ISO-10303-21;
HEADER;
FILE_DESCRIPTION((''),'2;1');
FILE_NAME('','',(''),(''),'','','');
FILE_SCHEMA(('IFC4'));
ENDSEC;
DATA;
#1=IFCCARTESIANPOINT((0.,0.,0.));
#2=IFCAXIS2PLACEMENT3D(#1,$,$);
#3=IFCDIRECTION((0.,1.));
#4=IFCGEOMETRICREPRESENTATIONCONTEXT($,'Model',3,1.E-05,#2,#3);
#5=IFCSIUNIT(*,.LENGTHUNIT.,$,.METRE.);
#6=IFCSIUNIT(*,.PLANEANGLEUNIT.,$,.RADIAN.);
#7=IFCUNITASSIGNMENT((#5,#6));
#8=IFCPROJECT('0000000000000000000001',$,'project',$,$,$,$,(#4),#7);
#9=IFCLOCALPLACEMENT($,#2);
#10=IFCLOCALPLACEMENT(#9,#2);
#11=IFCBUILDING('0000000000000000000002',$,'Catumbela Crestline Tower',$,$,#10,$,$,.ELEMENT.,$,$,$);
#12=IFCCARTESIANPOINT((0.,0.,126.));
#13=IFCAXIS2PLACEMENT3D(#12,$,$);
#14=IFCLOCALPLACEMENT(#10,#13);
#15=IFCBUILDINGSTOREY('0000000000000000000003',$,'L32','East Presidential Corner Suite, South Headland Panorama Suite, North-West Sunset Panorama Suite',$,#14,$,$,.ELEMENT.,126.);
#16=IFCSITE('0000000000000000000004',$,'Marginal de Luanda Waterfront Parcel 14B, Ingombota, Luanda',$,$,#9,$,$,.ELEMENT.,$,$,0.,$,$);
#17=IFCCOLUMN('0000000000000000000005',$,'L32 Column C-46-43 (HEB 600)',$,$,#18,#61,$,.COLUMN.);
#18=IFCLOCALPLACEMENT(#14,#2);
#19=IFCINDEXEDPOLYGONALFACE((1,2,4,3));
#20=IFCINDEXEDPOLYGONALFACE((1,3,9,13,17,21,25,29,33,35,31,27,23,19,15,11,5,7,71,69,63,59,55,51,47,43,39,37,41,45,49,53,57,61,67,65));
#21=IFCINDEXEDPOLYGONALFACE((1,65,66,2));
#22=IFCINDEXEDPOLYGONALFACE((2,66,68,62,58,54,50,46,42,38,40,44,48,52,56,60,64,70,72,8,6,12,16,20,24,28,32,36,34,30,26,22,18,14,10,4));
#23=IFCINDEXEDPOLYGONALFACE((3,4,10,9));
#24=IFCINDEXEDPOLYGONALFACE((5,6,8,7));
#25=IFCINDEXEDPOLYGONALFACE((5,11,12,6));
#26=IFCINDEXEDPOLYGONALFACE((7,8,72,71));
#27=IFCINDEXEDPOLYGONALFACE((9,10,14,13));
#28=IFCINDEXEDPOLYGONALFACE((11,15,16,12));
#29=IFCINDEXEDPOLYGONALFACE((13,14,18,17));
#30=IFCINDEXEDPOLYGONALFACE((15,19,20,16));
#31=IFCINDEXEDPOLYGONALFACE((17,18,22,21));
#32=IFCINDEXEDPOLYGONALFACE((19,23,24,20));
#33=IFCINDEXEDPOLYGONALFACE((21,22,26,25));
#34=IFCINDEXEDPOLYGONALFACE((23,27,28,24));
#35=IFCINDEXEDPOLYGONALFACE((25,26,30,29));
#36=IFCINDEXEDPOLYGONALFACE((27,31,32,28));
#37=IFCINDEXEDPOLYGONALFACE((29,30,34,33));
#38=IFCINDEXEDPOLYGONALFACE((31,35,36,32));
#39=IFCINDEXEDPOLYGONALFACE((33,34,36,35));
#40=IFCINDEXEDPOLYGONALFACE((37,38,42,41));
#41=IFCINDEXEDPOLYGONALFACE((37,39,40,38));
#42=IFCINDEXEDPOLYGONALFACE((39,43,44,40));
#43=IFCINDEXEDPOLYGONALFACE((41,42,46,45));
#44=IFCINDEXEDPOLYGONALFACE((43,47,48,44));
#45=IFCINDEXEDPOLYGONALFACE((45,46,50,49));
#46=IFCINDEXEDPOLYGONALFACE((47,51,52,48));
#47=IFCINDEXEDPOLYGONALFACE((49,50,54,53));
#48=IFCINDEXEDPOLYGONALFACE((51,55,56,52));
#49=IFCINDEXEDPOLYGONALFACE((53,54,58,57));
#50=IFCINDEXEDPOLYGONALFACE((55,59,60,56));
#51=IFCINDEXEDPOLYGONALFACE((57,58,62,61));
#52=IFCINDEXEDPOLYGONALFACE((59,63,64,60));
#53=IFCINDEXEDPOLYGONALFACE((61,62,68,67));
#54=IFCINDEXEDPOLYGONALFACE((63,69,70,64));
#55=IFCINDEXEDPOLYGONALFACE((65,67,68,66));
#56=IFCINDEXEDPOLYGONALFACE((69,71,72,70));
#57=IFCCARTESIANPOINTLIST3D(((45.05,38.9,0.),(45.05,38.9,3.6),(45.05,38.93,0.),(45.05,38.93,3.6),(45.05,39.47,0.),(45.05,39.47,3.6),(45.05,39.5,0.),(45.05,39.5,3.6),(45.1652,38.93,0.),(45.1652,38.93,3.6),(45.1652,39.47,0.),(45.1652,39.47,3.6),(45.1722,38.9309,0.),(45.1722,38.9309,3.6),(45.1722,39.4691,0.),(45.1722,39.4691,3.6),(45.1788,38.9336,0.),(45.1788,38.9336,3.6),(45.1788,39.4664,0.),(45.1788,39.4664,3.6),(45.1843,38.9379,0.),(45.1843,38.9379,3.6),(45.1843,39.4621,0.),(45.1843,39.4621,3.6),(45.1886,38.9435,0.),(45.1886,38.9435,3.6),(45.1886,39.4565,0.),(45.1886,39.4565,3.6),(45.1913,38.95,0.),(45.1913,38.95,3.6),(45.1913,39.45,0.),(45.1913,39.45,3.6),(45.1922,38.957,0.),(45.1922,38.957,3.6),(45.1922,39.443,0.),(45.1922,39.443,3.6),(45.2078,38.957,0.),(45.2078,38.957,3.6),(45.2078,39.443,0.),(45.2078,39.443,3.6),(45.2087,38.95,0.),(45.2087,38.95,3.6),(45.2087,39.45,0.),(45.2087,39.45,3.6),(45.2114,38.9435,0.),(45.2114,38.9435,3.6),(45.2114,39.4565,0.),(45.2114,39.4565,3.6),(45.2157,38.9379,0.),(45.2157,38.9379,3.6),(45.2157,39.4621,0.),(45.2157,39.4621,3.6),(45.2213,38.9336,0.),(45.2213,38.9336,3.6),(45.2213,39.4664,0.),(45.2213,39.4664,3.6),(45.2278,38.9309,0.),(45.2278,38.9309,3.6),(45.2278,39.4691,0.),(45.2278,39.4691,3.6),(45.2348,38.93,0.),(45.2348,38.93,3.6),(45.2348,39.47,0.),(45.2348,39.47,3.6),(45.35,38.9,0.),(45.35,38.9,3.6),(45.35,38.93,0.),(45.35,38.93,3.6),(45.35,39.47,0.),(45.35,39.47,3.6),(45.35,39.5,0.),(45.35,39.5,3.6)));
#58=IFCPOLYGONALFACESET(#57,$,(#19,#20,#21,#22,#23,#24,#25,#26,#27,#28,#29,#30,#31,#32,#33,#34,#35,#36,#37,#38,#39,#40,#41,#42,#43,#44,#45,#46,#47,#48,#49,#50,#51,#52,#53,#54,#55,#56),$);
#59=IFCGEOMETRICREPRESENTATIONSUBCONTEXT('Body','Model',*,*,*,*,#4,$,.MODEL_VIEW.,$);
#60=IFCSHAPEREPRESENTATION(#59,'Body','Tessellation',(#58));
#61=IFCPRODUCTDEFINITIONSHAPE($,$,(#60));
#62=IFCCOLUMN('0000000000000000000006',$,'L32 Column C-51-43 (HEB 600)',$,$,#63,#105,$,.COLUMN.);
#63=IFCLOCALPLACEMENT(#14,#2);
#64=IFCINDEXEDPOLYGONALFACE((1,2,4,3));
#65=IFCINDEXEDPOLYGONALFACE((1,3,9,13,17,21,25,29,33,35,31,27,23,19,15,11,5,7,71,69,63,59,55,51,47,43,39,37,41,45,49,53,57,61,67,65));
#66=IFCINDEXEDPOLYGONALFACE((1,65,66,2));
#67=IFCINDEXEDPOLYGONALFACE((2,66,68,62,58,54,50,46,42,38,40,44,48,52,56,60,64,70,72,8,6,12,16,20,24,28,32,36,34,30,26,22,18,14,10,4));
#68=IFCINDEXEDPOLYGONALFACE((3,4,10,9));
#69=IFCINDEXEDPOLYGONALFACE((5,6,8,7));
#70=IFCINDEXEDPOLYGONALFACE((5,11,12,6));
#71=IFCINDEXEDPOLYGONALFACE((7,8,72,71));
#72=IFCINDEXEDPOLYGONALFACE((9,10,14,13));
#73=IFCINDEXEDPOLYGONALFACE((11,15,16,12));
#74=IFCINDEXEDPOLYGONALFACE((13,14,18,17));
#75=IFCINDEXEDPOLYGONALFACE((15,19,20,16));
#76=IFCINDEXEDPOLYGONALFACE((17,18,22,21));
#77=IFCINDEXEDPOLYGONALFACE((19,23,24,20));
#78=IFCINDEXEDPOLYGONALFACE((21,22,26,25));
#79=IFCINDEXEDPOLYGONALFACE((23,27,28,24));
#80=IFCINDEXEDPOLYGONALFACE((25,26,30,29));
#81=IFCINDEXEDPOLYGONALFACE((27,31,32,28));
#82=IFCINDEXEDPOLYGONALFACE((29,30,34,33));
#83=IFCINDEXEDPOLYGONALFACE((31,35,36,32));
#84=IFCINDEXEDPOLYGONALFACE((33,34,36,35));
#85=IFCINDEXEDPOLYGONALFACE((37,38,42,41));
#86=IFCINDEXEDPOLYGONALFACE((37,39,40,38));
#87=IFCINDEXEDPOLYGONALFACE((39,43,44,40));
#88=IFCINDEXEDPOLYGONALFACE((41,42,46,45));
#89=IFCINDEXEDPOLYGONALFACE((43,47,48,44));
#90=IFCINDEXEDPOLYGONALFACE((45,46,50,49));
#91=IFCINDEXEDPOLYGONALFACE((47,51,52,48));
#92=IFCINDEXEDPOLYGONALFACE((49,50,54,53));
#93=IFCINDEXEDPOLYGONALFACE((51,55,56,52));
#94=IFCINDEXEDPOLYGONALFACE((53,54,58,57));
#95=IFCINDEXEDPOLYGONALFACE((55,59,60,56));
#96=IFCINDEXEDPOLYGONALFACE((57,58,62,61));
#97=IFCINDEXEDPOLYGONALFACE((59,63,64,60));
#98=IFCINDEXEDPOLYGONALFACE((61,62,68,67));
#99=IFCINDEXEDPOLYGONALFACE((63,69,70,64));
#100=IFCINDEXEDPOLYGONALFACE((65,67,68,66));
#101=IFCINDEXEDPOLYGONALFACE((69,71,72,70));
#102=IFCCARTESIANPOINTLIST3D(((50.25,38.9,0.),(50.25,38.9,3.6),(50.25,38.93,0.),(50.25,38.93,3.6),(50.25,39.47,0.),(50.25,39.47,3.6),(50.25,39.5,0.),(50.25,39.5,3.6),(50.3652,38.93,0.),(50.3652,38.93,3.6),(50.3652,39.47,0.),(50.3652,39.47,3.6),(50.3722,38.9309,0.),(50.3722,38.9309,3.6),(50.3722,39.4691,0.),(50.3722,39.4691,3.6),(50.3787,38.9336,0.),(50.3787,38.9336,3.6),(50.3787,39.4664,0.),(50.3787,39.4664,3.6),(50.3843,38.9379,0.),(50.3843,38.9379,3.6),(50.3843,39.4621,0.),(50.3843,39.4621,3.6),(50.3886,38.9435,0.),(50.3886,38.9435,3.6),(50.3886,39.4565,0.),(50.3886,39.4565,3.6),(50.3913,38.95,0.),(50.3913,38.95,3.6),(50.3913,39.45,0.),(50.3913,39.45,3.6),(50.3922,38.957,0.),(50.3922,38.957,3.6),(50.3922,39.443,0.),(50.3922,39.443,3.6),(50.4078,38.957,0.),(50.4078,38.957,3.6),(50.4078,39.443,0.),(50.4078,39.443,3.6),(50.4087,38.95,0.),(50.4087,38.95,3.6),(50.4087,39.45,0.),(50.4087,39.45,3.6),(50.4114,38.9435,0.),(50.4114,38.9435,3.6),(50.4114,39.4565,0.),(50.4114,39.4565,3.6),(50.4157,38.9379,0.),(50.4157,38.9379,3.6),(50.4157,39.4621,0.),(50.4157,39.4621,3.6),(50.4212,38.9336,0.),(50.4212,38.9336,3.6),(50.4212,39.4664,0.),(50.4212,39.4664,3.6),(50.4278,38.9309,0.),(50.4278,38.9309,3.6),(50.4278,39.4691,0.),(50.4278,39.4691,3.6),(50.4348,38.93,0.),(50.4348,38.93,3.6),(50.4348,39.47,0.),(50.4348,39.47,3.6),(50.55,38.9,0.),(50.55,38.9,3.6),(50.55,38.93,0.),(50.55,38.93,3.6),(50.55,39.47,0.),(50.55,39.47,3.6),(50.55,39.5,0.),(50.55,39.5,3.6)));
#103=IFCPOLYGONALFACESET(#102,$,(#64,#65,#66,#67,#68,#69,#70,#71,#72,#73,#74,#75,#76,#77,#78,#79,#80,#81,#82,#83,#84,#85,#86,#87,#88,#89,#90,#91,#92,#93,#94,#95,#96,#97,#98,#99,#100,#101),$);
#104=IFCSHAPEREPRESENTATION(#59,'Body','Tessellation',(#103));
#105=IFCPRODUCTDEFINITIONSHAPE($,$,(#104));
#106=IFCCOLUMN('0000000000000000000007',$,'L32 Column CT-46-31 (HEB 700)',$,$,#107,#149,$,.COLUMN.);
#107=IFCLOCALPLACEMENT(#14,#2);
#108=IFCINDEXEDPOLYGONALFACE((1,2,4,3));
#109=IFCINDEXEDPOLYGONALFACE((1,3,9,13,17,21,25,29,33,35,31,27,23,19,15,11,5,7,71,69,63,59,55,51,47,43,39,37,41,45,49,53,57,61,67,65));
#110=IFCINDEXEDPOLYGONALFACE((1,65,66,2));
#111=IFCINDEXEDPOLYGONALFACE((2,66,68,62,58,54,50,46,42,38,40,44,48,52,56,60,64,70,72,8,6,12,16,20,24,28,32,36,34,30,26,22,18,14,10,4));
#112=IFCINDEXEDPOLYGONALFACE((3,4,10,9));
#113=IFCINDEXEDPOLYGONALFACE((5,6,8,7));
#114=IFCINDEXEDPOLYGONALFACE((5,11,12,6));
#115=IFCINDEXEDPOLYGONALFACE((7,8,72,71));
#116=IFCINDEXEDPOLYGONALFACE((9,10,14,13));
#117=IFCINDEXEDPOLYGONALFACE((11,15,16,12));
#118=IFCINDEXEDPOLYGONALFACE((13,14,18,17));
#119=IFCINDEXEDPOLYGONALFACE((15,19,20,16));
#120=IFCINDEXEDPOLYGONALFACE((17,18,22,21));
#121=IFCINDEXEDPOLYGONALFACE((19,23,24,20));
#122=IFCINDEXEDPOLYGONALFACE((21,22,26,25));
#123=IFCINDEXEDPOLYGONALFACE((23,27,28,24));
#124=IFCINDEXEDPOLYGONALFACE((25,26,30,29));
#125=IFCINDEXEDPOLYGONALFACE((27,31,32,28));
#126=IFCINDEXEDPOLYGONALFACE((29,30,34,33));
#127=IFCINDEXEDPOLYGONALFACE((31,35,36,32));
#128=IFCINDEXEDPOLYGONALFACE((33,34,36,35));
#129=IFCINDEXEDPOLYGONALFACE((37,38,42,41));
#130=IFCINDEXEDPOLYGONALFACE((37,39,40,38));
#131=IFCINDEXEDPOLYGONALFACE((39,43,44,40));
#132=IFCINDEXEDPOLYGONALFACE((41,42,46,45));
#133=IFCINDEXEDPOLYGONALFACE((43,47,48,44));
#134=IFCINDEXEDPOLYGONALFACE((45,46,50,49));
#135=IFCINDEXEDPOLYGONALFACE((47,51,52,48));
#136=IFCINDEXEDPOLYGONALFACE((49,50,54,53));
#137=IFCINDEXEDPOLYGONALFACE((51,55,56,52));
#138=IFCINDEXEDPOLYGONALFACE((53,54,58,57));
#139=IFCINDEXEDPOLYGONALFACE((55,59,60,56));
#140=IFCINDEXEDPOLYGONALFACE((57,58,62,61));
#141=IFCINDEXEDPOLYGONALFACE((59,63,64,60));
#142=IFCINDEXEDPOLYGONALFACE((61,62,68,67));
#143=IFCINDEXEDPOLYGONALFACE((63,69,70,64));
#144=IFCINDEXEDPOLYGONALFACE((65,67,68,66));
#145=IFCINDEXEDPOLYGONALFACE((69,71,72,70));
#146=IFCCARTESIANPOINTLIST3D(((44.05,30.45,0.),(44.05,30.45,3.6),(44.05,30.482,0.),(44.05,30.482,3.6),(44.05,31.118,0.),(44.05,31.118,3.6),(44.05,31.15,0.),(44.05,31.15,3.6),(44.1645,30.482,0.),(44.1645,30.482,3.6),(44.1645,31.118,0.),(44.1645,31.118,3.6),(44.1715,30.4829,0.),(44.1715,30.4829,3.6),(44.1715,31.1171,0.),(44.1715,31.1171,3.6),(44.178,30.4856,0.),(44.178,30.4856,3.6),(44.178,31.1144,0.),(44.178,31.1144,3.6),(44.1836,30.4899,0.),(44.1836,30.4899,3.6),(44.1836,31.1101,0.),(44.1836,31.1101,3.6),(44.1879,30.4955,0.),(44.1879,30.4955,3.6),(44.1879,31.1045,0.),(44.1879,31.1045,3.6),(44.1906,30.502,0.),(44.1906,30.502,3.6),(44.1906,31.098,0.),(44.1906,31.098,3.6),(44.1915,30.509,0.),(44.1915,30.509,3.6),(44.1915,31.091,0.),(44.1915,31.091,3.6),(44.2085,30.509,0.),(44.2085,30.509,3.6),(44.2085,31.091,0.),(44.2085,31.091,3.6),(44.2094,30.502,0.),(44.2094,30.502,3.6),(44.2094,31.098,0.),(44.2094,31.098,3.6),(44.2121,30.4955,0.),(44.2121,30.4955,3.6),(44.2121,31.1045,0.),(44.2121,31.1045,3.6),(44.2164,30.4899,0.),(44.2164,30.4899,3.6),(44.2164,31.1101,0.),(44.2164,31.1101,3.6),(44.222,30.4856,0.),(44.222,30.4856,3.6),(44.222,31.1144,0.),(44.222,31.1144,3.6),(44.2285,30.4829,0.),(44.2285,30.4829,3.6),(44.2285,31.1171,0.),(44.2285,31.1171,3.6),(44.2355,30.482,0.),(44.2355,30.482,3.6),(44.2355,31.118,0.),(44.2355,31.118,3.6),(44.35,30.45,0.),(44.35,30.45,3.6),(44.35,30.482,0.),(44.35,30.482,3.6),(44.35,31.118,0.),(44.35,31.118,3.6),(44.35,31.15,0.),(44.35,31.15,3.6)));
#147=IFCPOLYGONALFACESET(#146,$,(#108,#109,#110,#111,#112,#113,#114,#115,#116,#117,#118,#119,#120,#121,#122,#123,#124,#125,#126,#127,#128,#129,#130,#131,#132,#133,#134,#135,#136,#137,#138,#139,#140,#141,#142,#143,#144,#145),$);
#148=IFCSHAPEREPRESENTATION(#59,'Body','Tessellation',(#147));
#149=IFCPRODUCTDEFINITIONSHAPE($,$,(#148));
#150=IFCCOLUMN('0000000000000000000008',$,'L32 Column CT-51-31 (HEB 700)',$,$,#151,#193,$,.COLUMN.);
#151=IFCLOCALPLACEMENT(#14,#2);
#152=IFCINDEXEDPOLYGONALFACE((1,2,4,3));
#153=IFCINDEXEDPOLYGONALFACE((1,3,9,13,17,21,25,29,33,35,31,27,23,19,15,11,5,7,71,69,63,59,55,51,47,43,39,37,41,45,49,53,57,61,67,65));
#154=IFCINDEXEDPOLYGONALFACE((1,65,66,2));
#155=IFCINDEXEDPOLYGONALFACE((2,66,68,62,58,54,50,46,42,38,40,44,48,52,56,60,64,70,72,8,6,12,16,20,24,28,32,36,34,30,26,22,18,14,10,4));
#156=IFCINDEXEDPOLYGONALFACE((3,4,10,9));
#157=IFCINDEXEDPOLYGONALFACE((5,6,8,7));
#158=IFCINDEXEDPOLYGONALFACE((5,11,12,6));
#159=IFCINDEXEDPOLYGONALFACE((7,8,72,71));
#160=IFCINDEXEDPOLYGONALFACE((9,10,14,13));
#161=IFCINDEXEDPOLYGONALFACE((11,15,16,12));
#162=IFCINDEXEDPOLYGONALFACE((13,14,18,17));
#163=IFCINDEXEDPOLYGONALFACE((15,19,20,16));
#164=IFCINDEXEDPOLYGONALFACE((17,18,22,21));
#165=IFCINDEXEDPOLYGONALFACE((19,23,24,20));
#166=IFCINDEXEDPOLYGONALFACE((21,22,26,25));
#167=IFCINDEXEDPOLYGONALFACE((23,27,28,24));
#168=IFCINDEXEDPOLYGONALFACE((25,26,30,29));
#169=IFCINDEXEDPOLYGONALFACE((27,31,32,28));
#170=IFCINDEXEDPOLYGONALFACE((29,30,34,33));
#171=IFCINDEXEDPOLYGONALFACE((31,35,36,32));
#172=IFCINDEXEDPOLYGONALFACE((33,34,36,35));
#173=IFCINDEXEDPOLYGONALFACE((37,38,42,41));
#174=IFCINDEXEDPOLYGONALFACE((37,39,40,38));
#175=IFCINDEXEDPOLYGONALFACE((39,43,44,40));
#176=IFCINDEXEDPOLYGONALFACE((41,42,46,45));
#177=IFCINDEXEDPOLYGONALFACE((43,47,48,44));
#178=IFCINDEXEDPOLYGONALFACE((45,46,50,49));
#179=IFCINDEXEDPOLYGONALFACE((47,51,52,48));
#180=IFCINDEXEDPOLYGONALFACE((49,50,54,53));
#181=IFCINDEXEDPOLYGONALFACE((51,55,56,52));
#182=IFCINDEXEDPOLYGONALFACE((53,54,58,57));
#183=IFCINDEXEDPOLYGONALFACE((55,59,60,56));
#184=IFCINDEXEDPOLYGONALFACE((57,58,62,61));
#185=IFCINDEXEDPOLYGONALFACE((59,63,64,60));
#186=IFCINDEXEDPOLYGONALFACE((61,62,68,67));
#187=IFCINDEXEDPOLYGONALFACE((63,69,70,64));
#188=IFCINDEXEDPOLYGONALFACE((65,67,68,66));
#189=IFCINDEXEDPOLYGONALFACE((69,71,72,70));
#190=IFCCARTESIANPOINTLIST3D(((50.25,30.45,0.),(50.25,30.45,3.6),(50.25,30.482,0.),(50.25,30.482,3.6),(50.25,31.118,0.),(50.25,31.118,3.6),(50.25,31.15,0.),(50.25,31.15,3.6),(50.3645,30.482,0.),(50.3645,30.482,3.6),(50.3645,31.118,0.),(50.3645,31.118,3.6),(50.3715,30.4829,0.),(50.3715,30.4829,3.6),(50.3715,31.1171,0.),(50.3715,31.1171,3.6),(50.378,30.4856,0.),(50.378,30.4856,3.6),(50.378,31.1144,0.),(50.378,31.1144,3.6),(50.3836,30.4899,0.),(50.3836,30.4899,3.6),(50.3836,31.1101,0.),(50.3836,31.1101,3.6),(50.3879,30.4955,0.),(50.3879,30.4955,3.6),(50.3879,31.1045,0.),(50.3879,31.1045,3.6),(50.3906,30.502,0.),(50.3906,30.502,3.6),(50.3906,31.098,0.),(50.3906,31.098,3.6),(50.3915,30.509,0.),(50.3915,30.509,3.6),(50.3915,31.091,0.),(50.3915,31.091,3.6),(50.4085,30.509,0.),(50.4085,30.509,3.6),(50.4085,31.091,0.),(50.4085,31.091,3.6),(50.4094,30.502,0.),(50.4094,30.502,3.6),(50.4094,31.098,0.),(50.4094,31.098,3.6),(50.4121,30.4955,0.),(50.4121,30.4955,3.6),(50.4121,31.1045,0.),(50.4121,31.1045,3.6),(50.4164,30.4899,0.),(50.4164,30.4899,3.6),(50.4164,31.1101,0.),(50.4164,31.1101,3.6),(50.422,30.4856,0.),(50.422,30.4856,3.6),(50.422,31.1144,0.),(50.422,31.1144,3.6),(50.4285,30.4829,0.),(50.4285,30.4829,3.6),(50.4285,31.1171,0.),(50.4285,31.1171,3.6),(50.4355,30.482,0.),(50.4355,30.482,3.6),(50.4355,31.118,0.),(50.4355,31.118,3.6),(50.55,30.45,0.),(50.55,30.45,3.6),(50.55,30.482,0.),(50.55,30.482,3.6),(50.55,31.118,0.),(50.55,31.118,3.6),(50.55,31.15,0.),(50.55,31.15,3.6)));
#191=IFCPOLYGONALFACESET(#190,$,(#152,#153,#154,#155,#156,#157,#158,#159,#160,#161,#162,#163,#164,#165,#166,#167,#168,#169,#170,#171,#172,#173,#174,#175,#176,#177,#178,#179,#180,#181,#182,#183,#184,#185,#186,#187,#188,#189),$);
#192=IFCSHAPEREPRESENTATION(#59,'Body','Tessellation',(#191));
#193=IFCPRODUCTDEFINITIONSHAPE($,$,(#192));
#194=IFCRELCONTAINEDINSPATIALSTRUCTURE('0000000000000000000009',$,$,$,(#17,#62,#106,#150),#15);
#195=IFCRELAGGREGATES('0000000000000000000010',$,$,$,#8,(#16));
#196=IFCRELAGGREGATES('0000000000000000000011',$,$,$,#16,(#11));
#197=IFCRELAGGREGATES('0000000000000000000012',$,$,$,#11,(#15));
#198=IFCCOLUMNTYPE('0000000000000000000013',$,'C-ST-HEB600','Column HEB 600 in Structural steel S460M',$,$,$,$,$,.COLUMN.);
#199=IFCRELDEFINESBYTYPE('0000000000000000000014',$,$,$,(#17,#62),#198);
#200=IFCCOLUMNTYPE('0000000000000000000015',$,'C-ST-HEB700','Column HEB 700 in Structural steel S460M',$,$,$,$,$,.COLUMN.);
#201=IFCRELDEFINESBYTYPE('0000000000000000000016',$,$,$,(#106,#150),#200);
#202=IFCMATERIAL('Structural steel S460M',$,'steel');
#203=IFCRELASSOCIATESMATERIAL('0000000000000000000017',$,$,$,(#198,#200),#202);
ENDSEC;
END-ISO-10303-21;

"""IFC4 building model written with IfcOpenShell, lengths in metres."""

from ifc_helpers import new_model, si_unit, direction, frame, origin, origin_2d, place, context, subcontext, project, spatial, i_section, extrude, material, material_profile, profile_set, type_object, element, save


model = new_model("IFC4")

# Units and contexts
model_context = context("Model", 3, precision=1e-05, world=origin(), true_north=direction((0.0, 1.0)))
body_context = subcontext(model_context, "Body", "Model", "MODEL_VIEW")
ifc_project = project(units=[si_unit("LENGTHUNIT", "METRE"), si_unit("PLANEANGLEUNIT", "RADIAN")], contexts=[model_context])

# Site, building, storey
site_placement = place(None, origin())
site = spatial("IfcSite", under=ifc_project, at=site_placement, Name="Marginal de Luanda Waterfront Parcel 14B, Ingombota, Luanda", CompositionType="ELEMENT", RefElevation=0.0)
building_placement = place(site_placement, origin())
building = spatial("IfcBuilding", under=site, at=building_placement, Name="Catumbela Crestline Tower", CompositionType="ELEMENT")
storey_placement = place(building_placement, frame((0.0, 0.0, 126.0)))
storey = spatial("IfcBuildingStorey", under=building, at=storey_placement, Name="L32", Description="East Presidential Corner Suite, South Headland Panorama Suite, North-West Sunset Panorama Suite", CompositionType="ELEMENT", Elevation=126.0)

# Columns
ifc_material_1 = material(Name="Structural steel S460M", Category="steel")
ifc_material_profile_1 = material_profile(ifc_material_1, i_section(OverallWidth=0.3, OverallDepth=0.6, WebThickness=0.0155, FlangeThickness=0.03, FilletRadius=0.027, at=origin_2d()), Name="HEB 600")
ifc_profile_set_1 = profile_set([ifc_material_profile_1], Name="Structural steel S460M")
column_type_1 = type_object("IfcColumnType", Name="C-ST-HEB600", Description="Column HEB 600 in Structural steel S460M", PredefinedType="COLUMN", material=ifc_profile_set_1)
for number, where, z_axis, x_axis, name in (
    (1, (45.2, 39.2, 0.0), (0.0, 0.0, 1.0), (1.0, 0.0, 0.0), "L32 Column C-46-43 (HEB 600)"),
    (2, (50.4, 39.2, 0.0), (0.0, 0.0, 1.0), (1.0, 0.0, 0.0), "L32 Column C-51-43 (HEB 600)"),
):
    element("IfcColumn", number, at=place(storey_placement, frame(where, z_axis=z_axis, x_axis=x_axis)), inside=storey, type_object=column_type_1, Name=name, PredefinedType="COLUMN", context=body_context, shape_type="SweptSolid", body=[
        extrude(i_section(OverallWidth=0.3, OverallDepth=0.6, WebThickness=0.0155, FlangeThickness=0.03, FilletRadius=0.027, at=origin_2d()), origin(), (0.0, 0.0, 1.0), 3.6),
    ])
ifc_material_profile_2 = material_profile(ifc_material_1, i_section(OverallWidth=0.3, OverallDepth=0.7, WebThickness=0.017, FlangeThickness=0.032, FilletRadius=0.027, at=origin_2d()), Name="HEB 700")
ifc_profile_set_2 = profile_set([ifc_material_profile_2], Name="Structural steel S460M")
column_type_2 = type_object("IfcColumnType", Name="C-ST-HEB700", Description="Column HEB 700 in Structural steel S460M", PredefinedType="COLUMN", material=ifc_profile_set_2)
for number, where, z_axis, x_axis, name in (
    (3, (44.2, 30.8, 0.0), (0.0, 0.0, 1.0), (1.0, 0.0, 0.0), "L32 Column CT-46-31 (HEB 700)"),
    (4, (50.4, 30.8, 0.0), (0.0, 0.0, 1.0), (1.0, 0.0, 0.0), "L32 Column CT-51-31 (HEB 700)"),
):
    element("IfcColumn", number, at=place(storey_placement, frame(where, z_axis=z_axis, x_axis=x_axis)), inside=storey, type_object=column_type_2, Name=name, PredefinedType="COLUMN", context=body_context, shape_type="SweptSolid", body=[
        extrude(i_section(OverallWidth=0.3, OverallDepth=0.7, WebThickness=0.017, FlangeThickness=0.032, FilletRadius=0.027, at=origin_2d()), origin(), (0.0, 0.0, 1.0), 3.6),
    ])

save(model, "model.ifc")
